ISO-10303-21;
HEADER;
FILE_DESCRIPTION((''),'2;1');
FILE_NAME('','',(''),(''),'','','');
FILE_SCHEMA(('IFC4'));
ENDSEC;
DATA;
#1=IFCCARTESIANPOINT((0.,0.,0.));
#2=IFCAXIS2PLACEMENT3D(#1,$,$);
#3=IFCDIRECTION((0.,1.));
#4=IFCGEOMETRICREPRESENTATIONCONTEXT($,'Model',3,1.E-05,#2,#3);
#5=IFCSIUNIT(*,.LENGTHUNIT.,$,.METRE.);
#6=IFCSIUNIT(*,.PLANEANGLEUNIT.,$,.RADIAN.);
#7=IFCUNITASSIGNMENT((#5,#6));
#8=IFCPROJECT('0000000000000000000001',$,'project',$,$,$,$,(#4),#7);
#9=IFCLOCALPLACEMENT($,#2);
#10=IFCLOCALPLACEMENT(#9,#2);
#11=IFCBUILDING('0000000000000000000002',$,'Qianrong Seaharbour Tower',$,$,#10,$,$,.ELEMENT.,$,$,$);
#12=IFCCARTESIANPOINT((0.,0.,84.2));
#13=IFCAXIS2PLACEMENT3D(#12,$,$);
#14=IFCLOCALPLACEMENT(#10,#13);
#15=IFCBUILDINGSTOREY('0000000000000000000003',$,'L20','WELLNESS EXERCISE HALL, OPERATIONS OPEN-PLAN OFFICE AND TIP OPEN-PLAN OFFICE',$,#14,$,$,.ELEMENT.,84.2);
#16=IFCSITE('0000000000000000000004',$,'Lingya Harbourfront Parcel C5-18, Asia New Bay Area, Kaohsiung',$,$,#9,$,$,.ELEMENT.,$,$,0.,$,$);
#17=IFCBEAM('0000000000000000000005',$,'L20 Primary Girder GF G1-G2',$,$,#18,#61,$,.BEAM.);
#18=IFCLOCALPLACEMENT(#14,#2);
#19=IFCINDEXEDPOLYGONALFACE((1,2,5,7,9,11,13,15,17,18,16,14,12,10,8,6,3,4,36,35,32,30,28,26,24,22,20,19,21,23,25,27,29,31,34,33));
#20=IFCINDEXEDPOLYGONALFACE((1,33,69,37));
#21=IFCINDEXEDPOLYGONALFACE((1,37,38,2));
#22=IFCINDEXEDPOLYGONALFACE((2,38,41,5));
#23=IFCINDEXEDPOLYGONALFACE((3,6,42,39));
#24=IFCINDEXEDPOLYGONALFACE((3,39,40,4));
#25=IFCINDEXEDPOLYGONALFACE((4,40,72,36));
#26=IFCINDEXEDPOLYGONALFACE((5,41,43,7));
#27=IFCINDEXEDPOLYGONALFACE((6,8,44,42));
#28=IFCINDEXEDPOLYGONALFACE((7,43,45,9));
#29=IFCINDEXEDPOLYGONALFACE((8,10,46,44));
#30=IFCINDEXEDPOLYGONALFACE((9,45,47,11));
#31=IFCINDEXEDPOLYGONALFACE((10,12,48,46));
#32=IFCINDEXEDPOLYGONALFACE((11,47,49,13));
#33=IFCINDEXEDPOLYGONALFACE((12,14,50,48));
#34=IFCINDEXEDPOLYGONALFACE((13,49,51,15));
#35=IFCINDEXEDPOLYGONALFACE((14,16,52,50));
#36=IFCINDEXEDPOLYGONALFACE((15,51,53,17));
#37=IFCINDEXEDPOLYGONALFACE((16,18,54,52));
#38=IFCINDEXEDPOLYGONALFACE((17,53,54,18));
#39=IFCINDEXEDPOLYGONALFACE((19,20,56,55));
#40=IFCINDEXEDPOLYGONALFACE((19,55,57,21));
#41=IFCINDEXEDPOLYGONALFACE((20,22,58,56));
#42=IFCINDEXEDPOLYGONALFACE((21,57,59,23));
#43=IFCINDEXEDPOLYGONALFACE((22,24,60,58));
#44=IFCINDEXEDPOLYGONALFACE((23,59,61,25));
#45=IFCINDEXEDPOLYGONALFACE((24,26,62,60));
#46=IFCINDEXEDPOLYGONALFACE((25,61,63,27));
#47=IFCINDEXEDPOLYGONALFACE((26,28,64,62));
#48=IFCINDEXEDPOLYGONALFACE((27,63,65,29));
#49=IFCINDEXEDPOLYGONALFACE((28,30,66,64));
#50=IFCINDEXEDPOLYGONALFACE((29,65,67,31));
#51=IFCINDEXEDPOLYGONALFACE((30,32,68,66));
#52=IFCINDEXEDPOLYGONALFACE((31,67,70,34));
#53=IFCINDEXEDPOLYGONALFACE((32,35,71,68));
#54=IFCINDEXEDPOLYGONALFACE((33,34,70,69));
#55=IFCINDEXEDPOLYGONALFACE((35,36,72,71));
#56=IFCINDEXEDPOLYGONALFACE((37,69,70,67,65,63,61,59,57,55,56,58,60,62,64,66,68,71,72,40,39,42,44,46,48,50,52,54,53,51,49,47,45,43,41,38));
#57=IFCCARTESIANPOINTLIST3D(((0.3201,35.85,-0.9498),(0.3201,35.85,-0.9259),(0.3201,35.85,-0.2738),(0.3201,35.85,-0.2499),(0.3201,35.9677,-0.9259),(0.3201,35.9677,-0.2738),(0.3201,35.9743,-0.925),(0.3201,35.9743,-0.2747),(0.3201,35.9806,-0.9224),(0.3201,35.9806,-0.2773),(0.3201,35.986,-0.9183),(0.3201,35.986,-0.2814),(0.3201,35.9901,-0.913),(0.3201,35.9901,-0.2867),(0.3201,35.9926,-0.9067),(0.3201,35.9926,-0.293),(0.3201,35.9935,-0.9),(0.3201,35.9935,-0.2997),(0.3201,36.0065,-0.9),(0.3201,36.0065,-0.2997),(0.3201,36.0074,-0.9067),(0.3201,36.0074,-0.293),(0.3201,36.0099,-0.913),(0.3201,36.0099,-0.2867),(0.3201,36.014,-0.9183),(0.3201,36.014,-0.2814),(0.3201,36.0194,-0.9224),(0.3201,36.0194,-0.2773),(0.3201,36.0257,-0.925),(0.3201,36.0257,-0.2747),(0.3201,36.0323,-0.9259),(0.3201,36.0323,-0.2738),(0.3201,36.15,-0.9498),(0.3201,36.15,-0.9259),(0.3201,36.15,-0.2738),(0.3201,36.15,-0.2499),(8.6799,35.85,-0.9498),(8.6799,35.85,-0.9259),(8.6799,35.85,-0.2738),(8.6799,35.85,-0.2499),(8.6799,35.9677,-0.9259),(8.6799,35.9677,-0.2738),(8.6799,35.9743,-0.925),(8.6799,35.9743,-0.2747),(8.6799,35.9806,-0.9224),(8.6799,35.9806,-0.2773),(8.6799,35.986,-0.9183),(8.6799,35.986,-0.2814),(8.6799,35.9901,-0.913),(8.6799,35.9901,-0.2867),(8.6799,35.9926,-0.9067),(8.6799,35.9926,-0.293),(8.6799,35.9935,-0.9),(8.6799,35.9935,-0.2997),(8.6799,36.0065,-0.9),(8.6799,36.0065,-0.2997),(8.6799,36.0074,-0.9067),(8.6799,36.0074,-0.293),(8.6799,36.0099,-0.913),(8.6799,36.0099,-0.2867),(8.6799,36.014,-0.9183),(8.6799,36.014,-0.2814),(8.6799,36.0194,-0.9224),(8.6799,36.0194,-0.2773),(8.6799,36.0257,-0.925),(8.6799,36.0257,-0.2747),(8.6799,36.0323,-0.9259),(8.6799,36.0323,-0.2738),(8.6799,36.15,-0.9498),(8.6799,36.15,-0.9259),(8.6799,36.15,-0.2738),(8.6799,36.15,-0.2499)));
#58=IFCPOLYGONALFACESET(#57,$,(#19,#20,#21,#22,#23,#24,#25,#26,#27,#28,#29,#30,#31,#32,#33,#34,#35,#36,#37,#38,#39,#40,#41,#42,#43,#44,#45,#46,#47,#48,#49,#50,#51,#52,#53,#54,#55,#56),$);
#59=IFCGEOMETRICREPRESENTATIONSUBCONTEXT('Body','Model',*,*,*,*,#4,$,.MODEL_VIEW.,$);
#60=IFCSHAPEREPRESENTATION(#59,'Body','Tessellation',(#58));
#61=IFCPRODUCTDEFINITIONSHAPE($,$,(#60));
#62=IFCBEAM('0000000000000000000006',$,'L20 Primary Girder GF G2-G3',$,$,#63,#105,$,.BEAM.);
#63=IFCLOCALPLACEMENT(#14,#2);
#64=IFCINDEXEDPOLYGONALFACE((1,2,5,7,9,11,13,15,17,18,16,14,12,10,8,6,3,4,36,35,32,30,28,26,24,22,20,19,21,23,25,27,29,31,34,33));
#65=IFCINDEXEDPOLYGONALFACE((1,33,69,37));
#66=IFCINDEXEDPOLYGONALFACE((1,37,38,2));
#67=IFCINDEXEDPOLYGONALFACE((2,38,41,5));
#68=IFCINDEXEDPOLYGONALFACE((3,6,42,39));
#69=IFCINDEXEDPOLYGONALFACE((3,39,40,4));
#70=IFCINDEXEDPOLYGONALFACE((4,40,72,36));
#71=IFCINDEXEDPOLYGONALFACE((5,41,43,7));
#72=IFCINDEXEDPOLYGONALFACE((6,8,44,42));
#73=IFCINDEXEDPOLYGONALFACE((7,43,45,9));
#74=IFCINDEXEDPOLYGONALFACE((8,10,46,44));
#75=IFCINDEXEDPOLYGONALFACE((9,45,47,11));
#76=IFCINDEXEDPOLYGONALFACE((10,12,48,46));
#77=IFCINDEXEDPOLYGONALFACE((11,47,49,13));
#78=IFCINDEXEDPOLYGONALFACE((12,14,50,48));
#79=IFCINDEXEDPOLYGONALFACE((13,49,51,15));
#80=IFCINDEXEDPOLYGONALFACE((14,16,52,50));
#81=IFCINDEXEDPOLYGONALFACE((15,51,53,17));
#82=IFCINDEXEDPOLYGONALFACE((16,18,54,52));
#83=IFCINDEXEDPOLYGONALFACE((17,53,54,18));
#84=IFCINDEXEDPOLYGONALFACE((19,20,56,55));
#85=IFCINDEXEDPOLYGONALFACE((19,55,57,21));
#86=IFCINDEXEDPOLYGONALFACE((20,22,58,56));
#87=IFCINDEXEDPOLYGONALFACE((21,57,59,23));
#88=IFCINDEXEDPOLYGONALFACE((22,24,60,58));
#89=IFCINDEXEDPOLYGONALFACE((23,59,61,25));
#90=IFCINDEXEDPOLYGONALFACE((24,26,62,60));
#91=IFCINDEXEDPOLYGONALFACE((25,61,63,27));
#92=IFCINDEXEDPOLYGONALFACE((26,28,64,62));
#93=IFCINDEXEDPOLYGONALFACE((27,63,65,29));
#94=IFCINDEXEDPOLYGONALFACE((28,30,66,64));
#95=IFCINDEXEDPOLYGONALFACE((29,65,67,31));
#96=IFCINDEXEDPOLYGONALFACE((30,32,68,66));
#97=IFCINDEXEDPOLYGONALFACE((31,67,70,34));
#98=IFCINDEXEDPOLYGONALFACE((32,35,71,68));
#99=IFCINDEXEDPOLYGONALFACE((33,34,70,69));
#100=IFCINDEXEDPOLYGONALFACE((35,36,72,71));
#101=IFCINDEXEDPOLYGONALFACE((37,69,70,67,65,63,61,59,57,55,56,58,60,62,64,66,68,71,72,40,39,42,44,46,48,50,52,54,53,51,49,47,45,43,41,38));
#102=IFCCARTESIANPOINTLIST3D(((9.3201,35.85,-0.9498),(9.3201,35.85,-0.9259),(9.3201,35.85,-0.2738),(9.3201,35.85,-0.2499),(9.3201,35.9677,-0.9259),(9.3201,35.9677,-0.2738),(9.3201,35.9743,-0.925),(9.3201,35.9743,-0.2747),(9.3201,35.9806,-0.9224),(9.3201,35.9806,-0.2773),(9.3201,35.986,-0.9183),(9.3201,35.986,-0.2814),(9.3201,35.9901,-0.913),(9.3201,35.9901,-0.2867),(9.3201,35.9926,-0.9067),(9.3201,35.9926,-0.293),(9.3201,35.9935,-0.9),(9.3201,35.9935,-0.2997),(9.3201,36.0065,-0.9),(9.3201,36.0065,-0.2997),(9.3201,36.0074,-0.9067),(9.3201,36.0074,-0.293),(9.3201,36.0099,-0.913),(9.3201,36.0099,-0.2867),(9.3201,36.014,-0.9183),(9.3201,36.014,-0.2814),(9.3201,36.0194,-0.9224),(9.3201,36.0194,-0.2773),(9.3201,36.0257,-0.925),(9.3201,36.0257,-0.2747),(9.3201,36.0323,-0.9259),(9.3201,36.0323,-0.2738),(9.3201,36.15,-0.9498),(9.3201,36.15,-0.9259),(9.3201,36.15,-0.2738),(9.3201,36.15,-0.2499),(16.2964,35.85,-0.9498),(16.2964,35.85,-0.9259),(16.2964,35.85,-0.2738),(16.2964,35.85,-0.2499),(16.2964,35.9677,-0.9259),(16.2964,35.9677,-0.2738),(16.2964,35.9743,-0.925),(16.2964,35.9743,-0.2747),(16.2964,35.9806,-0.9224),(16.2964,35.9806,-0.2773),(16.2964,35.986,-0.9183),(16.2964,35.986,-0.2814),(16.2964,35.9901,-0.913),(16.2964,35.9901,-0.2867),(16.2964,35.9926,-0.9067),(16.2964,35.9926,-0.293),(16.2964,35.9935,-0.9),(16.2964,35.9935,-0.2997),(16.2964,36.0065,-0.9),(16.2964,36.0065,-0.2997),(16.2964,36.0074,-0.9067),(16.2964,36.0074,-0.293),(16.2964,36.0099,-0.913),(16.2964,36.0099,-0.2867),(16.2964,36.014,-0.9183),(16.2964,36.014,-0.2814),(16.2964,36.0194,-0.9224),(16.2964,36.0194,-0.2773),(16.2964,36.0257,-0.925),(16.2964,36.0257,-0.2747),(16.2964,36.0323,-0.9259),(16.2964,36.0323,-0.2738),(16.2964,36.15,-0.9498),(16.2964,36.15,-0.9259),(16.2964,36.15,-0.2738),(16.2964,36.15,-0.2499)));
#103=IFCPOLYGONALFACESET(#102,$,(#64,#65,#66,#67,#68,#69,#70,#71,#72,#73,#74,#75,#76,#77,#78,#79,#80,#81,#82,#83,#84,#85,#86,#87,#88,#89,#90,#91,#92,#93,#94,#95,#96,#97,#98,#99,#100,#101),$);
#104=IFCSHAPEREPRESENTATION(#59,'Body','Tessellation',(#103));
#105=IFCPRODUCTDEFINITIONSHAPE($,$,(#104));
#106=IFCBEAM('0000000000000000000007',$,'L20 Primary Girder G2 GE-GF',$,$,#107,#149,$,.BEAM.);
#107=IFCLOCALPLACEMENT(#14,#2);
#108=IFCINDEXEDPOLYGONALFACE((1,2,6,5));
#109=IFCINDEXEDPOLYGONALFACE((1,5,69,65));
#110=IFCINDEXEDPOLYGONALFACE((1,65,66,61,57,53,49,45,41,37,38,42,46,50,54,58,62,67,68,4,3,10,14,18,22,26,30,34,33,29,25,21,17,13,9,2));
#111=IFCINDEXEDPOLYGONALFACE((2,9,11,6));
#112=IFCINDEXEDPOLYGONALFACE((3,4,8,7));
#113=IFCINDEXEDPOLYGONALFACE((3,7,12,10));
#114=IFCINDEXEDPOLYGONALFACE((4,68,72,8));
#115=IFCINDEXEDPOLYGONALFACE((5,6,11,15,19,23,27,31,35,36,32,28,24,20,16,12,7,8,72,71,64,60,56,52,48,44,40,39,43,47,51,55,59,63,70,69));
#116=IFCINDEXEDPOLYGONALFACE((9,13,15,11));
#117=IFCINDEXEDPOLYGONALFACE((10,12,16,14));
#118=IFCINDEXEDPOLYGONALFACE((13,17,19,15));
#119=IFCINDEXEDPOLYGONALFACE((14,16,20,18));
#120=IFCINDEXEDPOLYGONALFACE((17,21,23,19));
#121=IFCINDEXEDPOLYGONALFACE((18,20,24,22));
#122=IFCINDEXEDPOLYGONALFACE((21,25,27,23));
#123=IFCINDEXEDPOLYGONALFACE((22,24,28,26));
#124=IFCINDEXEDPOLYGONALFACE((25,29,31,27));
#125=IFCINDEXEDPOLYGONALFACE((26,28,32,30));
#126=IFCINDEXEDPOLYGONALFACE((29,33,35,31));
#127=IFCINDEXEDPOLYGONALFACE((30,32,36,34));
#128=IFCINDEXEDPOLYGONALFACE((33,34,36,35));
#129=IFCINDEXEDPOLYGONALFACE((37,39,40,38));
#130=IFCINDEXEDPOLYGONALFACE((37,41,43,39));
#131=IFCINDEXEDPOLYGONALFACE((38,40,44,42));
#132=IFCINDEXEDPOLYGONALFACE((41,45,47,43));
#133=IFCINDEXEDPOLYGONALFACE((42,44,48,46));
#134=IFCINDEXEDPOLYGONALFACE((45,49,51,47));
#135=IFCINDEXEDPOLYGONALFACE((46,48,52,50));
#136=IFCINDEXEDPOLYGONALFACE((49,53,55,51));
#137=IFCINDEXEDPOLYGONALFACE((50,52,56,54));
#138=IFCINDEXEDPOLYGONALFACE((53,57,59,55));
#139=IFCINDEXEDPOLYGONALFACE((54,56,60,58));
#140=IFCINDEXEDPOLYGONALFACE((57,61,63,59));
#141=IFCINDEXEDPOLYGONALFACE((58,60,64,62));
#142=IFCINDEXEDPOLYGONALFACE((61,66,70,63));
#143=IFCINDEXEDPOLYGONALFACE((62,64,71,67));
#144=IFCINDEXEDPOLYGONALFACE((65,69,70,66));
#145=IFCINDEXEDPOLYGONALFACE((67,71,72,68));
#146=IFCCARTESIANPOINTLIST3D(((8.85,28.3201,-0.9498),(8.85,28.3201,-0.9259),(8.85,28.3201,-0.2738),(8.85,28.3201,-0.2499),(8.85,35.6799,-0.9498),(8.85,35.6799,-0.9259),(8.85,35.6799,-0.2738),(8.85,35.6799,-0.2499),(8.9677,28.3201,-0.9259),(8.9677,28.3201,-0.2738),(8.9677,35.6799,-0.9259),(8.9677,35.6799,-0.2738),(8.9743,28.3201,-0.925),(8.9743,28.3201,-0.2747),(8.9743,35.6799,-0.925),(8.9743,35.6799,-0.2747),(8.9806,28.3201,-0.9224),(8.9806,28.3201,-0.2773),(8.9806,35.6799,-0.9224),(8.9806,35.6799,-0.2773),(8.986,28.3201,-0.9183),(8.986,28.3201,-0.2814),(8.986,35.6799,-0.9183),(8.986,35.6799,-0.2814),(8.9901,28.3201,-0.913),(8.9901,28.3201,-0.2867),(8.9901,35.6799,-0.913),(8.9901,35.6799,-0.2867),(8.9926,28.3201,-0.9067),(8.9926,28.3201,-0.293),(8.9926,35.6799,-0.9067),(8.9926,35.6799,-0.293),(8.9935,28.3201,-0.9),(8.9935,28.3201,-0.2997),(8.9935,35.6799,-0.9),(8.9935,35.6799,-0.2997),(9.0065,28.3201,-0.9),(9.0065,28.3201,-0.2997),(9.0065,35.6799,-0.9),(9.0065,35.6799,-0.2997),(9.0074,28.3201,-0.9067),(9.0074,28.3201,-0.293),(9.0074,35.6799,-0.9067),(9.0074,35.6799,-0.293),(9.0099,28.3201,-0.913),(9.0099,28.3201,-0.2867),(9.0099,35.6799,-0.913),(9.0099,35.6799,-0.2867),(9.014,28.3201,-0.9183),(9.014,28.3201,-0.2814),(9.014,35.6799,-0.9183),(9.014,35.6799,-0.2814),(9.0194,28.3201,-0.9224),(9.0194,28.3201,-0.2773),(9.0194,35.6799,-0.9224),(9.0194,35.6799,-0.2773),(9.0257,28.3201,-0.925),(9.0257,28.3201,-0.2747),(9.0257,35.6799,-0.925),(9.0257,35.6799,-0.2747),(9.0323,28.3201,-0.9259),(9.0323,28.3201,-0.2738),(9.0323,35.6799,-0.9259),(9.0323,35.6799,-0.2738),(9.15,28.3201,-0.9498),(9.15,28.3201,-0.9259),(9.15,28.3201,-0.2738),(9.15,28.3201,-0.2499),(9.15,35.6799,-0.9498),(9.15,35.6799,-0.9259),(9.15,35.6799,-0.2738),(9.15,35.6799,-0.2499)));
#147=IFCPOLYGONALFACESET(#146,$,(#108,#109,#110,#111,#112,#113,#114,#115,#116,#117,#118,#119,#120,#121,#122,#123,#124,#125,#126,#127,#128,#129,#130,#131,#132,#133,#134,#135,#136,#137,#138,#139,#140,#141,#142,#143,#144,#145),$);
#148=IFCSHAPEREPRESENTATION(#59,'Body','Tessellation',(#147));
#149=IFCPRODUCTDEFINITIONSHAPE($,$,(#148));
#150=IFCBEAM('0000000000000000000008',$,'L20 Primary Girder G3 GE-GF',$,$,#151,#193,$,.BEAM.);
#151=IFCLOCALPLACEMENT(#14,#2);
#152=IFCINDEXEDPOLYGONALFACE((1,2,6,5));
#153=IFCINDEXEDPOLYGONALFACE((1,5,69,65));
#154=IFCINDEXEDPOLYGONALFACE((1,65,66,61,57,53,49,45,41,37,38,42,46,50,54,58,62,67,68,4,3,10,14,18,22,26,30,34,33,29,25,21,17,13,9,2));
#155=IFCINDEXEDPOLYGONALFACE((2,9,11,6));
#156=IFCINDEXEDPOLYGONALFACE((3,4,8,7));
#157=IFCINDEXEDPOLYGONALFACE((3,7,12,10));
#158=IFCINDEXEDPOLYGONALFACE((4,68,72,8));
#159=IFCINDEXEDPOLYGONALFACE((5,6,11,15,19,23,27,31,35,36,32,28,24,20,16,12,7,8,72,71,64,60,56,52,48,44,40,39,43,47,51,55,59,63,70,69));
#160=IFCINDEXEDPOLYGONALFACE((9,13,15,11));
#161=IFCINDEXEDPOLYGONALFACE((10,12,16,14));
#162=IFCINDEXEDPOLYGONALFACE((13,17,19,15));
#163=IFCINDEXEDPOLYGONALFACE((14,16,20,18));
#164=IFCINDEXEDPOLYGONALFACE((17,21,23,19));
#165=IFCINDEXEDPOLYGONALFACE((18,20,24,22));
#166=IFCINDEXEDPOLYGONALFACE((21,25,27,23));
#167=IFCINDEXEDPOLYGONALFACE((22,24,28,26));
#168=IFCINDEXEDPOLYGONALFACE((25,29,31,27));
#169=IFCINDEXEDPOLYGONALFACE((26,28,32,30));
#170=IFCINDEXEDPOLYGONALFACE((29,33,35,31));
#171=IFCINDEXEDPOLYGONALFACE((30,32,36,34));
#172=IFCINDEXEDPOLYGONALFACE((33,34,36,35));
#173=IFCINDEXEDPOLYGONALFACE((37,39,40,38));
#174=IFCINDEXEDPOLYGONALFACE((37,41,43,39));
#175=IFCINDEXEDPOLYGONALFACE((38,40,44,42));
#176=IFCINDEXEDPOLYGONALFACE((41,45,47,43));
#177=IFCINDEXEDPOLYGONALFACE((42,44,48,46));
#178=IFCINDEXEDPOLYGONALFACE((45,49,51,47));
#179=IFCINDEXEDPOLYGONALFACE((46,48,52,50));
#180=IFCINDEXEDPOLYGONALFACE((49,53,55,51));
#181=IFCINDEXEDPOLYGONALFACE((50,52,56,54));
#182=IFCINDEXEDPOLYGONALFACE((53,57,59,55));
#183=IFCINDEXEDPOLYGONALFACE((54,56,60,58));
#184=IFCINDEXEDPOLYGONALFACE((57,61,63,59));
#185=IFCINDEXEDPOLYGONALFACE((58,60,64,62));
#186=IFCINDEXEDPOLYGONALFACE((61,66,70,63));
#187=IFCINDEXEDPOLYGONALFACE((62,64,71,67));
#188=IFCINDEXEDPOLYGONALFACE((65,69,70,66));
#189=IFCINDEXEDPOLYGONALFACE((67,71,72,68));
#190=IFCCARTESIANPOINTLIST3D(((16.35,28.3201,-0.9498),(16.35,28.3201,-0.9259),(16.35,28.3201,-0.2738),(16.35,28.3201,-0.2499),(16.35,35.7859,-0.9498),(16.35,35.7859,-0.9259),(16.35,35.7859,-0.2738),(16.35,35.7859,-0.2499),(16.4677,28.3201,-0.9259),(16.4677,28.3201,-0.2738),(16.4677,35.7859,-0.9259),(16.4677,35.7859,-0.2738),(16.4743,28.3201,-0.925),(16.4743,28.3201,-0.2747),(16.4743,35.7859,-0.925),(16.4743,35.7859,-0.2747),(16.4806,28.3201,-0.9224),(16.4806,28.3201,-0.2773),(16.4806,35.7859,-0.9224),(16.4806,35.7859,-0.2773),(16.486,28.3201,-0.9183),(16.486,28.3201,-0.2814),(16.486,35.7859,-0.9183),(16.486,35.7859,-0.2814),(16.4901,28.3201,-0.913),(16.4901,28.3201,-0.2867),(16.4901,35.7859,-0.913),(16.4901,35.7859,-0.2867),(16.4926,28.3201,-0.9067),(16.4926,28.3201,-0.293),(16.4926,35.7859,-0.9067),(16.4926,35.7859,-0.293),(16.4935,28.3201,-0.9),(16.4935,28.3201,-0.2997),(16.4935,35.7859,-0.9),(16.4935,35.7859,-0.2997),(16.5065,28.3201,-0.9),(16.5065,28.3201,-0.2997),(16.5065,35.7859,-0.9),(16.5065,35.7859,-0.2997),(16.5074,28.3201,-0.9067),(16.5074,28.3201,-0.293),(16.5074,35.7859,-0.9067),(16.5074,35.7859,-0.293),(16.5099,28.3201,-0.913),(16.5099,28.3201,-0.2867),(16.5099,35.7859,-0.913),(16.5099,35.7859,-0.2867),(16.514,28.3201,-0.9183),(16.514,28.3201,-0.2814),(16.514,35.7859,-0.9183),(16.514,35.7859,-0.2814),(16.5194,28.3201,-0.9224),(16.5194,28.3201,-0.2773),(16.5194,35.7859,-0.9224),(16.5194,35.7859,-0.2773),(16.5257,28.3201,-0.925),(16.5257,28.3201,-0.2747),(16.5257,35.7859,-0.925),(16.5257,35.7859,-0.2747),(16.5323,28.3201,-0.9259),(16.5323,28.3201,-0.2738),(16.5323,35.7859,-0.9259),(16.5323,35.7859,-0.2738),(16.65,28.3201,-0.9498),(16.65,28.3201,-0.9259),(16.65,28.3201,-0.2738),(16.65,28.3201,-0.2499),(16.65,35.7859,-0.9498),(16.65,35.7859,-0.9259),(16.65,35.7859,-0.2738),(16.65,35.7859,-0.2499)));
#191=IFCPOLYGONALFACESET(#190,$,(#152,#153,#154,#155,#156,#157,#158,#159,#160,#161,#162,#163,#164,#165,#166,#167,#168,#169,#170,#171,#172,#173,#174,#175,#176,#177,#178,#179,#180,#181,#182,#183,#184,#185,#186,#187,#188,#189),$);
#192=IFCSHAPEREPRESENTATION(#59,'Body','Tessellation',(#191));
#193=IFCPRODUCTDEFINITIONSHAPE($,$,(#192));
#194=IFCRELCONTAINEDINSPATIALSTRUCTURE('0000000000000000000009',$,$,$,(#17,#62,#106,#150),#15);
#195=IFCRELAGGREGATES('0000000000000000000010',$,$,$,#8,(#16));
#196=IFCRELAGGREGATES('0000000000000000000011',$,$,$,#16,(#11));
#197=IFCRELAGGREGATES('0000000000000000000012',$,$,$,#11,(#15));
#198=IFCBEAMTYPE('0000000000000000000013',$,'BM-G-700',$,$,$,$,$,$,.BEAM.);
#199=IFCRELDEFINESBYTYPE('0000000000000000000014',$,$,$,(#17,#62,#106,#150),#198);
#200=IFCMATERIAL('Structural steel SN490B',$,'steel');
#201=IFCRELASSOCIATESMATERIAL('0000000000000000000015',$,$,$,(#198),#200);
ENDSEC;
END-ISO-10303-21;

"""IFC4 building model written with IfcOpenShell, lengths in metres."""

from ifc_helpers import new_model, si_unit, direction, frame, origin, origin_2d, place, context, subcontext, project, spatial, i_section, extrude, material, material_profile, profile_set, type_object, element, save


model = new_model("IFC4")

# Units and contexts
model_context = context("Model", 3, precision=1e-05, world=origin(), true_north=direction((0.0, 1.0)))
body_context = subcontext(model_context, "Body", "Model", "MODEL_VIEW")
ifc_project = project(units=[si_unit("LENGTHUNIT", "METRE"), si_unit("PLANEANGLEUNIT", "RADIAN")], contexts=[model_context])

# Site, building, storey
site_placement = place(None, origin())
site = spatial("IfcSite", under=ifc_project, at=site_placement, Name="Lingya Harbourfront Parcel C5-18, Asia New Bay Area, Kaohsiung", CompositionType="ELEMENT", RefElevation=0.0)
building_placement = place(site_placement, origin())
building = spatial("IfcBuilding", under=site, at=building_placement, Name="Qianrong Seaharbour Tower", CompositionType="ELEMENT")
storey_placement = place(building_placement, frame((0.0, 0.0, 84.2)))
storey = spatial("IfcBuildingStorey", under=building, at=storey_placement, Name="L20", Description="WELLNESS EXERCISE HALL, OPERATIONS OPEN-PLAN OFFICE AND TIP OPEN-PLAN OFFICE", CompositionType="ELEMENT", Elevation=84.2)

# Shared definitions
ifc_material_1 = material(Name="Structural steel SN490B", Category="steel")

# Beams
ifc_material_profile_1 = material_profile(ifc_material_1, i_section(OverallWidth=0.3, OverallDepth=0.7, WebThickness=0.0129, FlangeThickness=0.0239, FilletRadius=0.0259, at=origin_2d()), Name="H700x300x13x24")
ifc_profile_set_1 = profile_set([ifc_material_profile_1], Name="Structural steel SN490B")
beam_type_1 = type_object("IfcBeamType", Name="BM-G-700", PredefinedType="BEAM", material=ifc_profile_set_1)
beam_1_placement = place(storey_placement, frame((0.3201, 36.0, -0.5999), z_axis=(1.0, 0.0, 0.0), x_axis=(0.0, 1.0, 0.0)))
element("IfcBeam", 1, at=beam_1_placement, inside=storey, type_object=beam_type_1, Name="L20 Primary Girder GF G1-G2", PredefinedType="BEAM", context=body_context, shape_type="SweptSolid", body=[
    extrude(i_section(OverallWidth=0.3, OverallDepth=0.7, WebThickness=0.0129, FlangeThickness=0.0239, FilletRadius=0.0259, at=origin_2d()), origin(), (0.0, 0.0, 1.0), 8.3599),
])
beam_2_placement = place(storey_placement, frame((9.3201, 36.0, -0.5999), z_axis=(1.0, 0.0, 0.0), x_axis=(0.0, 1.0, 0.0)))
element("IfcBeam", 2, at=beam_2_placement, inside=storey, type_object=beam_type_1, Name="L20 Primary Girder GF G2-G3", PredefinedType="BEAM", context=body_context, shape_type="SweptSolid", body=[
    extrude(i_section(OverallWidth=0.3, OverallDepth=0.7, WebThickness=0.0129, FlangeThickness=0.0239, FilletRadius=0.0259, at=origin_2d()), origin(), (0.0, 0.0, 1.0), 6.9763),
])
beam_3_placement = place(storey_placement, frame((9.0, 28.3201, -0.5999), z_axis=(0.0, 1.0, 0.0), x_axis=(-1.0, 0.0, 0.0)))
element("IfcBeam", 3, at=beam_3_placement, inside=storey, type_object=beam_type_1, Name="L20 Primary Girder G2 GE-GF", PredefinedType="BEAM", context=body_context, shape_type="SweptSolid", body=[
    extrude(i_section(OverallWidth=0.3, OverallDepth=0.7, WebThickness=0.0129, FlangeThickness=0.0239, FilletRadius=0.0259, at=origin_2d()), origin(), (0.0, 0.0, 1.0), 7.3599),
])
beam_4_placement = place(storey_placement, frame((16.5, 28.3201, -0.5999), z_axis=(0.0, 1.0, 0.0), x_axis=(-1.0, 0.0, 0.0)))
element("IfcBeam", 4, at=beam_4_placement, inside=storey, type_object=beam_type_1, Name="L20 Primary Girder G3 GE-GF", PredefinedType="BEAM", context=body_context, shape_type="SweptSolid", body=[
    extrude(i_section(OverallWidth=0.3, OverallDepth=0.7, WebThickness=0.0129, FlangeThickness=0.0239, FilletRadius=0.0259, at=origin_2d()), origin(), (0.0, 0.0, 1.0), 7.4658),
])

save(model, "model.ifc")
